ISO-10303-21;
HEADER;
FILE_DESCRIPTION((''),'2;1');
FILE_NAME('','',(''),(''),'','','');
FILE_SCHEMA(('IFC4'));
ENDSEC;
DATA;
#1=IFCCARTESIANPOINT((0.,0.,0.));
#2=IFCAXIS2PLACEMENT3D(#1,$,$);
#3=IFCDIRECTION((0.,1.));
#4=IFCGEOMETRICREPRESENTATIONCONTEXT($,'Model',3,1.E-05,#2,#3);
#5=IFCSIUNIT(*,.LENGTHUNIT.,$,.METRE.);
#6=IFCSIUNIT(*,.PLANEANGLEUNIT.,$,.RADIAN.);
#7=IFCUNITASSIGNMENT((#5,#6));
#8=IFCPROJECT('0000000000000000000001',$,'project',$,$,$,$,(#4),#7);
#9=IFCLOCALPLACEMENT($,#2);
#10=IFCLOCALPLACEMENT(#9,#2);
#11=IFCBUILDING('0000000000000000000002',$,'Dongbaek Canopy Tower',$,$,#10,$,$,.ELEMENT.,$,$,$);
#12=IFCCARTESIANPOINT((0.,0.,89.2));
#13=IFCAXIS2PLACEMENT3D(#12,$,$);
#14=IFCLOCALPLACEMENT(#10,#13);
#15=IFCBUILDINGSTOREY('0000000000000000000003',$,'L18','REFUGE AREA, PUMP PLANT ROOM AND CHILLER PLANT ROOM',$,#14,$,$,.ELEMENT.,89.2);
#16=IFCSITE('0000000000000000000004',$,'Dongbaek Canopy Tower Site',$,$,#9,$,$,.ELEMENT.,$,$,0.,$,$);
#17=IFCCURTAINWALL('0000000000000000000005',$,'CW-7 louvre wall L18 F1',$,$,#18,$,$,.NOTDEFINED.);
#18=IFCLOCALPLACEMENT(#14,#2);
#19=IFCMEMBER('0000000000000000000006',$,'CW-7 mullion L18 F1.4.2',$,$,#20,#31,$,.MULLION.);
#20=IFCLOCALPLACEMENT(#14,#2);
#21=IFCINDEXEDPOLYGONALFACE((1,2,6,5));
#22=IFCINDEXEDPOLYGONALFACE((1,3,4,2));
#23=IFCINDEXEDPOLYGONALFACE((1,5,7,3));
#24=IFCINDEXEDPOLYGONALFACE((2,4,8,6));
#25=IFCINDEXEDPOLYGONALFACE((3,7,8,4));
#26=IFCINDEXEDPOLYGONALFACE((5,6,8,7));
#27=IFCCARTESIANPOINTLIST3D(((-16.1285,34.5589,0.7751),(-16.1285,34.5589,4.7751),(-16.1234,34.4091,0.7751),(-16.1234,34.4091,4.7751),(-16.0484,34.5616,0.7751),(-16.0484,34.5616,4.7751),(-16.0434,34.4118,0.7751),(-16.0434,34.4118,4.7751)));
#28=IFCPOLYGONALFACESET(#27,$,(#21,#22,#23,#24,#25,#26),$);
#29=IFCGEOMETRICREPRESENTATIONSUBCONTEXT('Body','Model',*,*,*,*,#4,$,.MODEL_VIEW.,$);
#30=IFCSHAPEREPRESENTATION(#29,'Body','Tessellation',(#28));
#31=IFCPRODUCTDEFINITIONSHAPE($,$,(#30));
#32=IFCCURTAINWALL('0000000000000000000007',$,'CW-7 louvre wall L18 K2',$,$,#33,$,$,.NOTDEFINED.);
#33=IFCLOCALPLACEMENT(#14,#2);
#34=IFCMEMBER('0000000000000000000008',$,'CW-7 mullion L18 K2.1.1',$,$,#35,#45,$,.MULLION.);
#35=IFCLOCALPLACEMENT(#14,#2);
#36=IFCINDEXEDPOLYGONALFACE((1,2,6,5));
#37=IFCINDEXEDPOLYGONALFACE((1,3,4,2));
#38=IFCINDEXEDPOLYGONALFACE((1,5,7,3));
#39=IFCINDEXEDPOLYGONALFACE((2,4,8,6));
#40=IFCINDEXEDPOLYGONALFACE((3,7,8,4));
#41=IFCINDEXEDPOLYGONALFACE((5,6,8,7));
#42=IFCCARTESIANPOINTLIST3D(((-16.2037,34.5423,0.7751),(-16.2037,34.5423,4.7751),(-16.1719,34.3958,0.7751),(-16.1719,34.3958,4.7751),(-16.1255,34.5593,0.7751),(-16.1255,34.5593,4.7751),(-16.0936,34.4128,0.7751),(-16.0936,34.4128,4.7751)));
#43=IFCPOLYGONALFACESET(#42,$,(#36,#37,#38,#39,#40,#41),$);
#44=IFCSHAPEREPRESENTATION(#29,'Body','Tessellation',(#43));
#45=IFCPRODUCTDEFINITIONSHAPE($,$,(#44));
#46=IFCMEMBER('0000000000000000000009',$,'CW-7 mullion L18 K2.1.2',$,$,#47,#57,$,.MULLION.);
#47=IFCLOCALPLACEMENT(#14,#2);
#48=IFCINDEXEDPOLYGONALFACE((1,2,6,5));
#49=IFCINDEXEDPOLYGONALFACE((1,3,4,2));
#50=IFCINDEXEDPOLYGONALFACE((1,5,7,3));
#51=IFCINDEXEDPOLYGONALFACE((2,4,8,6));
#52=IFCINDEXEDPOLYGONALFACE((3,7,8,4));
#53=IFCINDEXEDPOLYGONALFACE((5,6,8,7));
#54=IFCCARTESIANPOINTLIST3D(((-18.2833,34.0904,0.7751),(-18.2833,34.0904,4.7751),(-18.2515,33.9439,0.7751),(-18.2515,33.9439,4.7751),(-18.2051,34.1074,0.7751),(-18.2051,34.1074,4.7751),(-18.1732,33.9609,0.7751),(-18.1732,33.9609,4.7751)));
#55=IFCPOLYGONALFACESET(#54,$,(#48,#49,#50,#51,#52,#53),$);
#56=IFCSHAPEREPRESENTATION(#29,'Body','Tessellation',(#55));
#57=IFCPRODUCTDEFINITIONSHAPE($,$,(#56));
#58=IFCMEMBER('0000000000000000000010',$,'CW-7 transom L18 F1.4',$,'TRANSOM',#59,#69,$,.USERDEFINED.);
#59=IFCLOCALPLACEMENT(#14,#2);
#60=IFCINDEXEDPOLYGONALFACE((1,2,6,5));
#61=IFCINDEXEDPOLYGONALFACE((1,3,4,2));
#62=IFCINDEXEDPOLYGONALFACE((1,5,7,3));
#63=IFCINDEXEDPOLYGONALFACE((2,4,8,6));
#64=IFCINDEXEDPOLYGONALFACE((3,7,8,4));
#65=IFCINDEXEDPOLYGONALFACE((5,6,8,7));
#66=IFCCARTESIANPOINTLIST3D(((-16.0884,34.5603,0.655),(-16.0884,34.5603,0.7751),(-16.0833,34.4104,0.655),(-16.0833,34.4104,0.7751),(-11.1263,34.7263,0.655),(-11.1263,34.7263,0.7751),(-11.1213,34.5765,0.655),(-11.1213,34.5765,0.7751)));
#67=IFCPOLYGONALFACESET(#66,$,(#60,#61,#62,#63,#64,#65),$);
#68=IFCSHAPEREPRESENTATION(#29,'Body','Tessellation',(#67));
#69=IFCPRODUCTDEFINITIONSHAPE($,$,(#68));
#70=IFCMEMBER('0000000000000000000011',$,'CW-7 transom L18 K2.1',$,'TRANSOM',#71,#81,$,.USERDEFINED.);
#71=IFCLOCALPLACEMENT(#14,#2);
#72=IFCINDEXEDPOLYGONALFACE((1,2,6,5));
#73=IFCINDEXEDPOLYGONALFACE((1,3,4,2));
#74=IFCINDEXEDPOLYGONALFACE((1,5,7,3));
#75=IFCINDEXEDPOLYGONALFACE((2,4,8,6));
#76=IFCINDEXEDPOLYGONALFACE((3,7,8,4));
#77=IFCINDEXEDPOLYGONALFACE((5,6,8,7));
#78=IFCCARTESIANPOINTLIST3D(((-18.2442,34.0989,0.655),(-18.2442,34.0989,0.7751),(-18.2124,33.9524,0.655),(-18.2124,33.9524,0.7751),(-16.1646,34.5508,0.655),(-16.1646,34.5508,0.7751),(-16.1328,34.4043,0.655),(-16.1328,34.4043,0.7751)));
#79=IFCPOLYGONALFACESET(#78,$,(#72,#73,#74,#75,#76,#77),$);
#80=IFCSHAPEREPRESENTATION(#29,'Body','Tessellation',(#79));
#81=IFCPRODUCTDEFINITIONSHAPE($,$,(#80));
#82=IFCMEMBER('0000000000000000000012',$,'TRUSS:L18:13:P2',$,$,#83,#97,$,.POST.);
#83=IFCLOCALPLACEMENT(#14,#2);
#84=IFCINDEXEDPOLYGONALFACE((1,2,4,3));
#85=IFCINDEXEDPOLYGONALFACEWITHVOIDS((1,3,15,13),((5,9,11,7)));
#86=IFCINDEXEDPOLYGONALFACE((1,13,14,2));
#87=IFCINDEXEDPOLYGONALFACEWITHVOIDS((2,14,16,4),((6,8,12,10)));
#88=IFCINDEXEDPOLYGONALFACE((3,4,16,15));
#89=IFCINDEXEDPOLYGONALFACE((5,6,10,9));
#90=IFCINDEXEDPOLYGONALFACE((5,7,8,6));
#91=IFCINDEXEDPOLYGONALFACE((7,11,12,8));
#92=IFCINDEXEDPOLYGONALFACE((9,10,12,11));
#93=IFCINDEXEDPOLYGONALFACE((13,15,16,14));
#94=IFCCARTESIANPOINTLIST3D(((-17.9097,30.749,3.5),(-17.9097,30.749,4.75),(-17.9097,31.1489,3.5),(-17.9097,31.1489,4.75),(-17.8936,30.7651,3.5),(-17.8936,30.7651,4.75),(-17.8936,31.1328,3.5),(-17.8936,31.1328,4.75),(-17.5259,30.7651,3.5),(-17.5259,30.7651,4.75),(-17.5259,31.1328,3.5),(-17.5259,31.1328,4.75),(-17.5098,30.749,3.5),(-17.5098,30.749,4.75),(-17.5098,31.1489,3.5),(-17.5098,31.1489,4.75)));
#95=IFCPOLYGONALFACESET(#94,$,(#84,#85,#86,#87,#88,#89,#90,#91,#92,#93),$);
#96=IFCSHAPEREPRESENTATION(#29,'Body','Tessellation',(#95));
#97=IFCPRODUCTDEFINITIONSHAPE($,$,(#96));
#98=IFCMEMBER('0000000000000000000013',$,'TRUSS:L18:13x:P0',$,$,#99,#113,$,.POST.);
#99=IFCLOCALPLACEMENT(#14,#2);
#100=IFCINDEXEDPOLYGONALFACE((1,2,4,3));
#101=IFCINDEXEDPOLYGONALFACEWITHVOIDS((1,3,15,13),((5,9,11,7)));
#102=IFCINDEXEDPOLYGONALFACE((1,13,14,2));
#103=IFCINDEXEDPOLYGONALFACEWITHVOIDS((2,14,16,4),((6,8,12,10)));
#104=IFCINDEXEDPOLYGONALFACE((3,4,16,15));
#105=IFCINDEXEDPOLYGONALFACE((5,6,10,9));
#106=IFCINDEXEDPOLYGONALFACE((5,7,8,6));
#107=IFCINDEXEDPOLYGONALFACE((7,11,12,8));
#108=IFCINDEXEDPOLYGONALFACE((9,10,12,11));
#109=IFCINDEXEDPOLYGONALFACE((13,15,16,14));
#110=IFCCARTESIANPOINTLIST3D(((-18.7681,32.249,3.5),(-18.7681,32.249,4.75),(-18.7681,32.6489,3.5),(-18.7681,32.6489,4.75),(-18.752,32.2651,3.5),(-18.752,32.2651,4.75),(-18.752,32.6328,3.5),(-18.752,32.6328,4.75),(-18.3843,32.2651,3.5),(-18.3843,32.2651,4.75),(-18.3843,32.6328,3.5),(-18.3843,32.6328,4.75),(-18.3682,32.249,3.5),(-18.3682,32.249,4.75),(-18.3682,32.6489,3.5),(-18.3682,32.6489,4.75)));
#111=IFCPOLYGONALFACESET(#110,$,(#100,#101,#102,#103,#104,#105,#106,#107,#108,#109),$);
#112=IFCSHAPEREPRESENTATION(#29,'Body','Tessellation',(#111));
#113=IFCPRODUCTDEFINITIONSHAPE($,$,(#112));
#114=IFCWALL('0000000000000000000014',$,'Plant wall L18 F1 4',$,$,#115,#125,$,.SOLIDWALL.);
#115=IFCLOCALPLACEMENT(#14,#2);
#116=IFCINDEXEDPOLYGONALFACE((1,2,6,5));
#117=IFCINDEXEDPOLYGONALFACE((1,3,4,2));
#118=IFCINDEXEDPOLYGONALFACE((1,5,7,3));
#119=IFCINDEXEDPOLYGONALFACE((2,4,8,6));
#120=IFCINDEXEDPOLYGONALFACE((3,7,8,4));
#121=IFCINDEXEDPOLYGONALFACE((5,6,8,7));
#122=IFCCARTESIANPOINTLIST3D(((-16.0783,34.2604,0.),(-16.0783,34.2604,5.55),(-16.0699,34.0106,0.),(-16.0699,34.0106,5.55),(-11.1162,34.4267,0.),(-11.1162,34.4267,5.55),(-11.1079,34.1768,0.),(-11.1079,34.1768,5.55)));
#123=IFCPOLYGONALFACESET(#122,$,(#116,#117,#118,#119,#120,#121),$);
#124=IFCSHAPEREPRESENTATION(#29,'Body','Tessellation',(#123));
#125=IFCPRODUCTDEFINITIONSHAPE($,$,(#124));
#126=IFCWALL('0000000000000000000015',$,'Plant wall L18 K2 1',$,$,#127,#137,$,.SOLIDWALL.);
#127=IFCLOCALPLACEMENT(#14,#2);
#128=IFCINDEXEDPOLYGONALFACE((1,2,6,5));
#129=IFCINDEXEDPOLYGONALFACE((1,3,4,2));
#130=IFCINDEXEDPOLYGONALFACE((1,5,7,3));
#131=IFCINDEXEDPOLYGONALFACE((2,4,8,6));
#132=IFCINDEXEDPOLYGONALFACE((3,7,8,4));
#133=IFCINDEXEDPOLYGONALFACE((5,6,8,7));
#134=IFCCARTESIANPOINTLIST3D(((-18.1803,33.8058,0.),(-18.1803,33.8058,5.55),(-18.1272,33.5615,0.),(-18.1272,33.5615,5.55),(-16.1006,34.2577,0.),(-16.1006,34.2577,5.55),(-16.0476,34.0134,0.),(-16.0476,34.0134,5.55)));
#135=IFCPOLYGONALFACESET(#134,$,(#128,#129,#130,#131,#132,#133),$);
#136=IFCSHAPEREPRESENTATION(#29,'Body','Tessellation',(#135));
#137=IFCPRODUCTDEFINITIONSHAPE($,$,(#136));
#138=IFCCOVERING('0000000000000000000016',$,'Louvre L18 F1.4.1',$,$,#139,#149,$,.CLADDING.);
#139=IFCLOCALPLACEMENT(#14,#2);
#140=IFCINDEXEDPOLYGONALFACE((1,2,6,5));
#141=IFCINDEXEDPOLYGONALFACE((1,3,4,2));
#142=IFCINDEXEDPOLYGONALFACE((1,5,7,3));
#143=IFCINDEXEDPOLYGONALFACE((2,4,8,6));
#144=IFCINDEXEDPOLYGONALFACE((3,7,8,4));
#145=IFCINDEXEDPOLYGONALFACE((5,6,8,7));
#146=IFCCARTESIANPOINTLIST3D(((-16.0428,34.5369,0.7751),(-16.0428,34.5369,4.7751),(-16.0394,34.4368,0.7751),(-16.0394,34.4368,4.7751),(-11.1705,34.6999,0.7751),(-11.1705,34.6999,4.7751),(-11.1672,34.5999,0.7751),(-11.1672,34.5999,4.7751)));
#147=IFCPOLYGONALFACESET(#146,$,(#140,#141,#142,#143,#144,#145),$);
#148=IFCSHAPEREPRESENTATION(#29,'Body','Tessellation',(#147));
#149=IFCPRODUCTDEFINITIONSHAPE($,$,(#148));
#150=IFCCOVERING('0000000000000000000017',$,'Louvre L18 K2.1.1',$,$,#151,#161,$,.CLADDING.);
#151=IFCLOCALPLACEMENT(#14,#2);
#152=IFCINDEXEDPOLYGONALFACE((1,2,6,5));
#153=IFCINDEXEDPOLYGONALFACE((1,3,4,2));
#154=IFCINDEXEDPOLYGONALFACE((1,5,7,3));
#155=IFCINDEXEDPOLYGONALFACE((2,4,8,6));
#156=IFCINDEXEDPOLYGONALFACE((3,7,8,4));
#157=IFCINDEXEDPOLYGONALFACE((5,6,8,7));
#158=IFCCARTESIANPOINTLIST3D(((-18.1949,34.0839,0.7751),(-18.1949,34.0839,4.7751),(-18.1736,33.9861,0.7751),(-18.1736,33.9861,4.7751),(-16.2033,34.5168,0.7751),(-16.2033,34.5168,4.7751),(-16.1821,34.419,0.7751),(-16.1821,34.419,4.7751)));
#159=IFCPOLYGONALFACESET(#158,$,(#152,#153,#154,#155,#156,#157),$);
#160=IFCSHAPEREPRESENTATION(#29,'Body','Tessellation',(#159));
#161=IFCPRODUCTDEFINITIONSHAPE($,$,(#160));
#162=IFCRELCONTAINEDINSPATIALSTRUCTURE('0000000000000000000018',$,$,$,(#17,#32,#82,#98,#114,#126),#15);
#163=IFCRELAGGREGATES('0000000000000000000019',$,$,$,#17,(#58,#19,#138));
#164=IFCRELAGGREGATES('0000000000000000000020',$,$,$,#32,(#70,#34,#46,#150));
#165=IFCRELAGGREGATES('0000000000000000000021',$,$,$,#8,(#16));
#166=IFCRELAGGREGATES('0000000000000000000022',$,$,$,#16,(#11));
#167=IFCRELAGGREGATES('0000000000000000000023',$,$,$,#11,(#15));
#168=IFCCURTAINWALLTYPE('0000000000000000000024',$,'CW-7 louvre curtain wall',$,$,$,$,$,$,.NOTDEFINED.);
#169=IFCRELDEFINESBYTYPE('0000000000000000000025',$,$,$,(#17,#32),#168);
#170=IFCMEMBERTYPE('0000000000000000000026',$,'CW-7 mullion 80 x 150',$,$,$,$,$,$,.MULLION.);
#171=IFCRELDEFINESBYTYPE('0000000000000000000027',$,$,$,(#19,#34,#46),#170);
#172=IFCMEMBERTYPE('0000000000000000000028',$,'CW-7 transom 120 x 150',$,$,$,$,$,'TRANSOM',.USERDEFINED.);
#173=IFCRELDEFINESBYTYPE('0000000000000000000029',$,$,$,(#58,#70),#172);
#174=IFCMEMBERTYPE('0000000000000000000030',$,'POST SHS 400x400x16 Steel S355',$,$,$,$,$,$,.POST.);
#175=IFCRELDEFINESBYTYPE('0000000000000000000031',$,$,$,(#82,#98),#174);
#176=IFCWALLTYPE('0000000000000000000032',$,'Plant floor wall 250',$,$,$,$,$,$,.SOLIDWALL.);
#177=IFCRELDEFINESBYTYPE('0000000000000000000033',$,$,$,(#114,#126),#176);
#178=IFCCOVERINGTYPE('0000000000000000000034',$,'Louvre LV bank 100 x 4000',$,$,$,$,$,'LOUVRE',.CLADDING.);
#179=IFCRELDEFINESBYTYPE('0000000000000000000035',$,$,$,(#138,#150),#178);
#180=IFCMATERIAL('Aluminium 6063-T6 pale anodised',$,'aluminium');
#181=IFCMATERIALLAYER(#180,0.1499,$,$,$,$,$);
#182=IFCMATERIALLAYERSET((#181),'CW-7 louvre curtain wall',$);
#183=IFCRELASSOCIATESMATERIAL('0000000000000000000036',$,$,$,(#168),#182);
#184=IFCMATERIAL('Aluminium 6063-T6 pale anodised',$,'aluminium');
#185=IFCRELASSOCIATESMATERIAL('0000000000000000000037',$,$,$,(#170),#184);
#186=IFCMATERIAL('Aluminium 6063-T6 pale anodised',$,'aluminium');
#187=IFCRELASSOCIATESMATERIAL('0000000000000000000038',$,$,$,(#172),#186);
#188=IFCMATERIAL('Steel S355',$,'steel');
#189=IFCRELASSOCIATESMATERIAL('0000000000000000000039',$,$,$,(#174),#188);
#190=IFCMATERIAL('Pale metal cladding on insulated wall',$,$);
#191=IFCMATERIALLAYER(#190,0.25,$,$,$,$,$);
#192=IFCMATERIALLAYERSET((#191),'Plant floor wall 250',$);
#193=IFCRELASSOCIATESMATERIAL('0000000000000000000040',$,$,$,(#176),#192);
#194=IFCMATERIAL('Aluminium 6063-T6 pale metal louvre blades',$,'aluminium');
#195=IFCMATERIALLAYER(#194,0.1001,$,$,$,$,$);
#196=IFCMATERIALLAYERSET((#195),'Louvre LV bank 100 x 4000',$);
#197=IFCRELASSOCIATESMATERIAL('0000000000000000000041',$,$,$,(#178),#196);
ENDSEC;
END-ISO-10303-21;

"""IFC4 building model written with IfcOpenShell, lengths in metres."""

from ifc_helpers import new_model, si_unit, direction, frame, frame_2d, origin, origin_2d, place, context, subcontext, project, spatial, rectangle, hollow_rectangle, extrude, material, layer, layer_set, material_profile, profile_set, type_object, element, aggregate, save


model = new_model("IFC4")

# Units and contexts
model_context = context("Model", 3, precision=1e-05, world=origin(), true_north=direction((0.0, 1.0)))
body_context = subcontext(model_context, "Body", "Model", "MODEL_VIEW")
ifc_project = project(units=[si_unit("LENGTHUNIT", "METRE"), si_unit("PLANEANGLEUNIT", "RADIAN")], contexts=[model_context])

# Site, building, storey
site_placement = place(None, origin())
site = spatial("IfcSite", under=ifc_project, at=site_placement, Name="Dongbaek Canopy Tower Site", CompositionType="ELEMENT", RefElevation=0.0)
building_placement = place(site_placement, origin())
building = spatial("IfcBuilding", under=site, at=building_placement, Name="Dongbaek Canopy Tower", CompositionType="ELEMENT")
storey_placement = place(building_placement, frame((0.0, 0.0, 89.2)))
storey = spatial("IfcBuildingStorey", under=building, at=storey_placement, Name="L18", Description="REFUGE AREA, PUMP PLANT ROOM AND CHILLER PLANT ROOM", CompositionType="ELEMENT", Elevation=89.2)

# Curtain walls, members
ifc_material_1 = material(Name="Aluminium 6063-T6 pale anodised", Category="aluminium")
ifc_layer_1 = layer(ifc_material_1, 0.1499)
ifc_layer_set_1 = layer_set([ifc_layer_1], Name="CW-7 louvre curtain wall")
curtain_wall_type = type_object("IfcCurtainWallType", Name="CW-7 louvre curtain wall", PredefinedType="NOTDEFINED", material=ifc_layer_set_1)
curtain_wall_1_placement = place(storey_placement, origin())
curtain_wall_1 = element("IfcCurtainWall", 1, at=curtain_wall_1_placement, inside=storey, type_object=curtain_wall_type, Name="CW-7 louvre wall L18 F1", PredefinedType="NOTDEFINED")
ifc_material_2 = material(Name="Aluminium 6063-T6 pale anodised", Category="aluminium")
ifc_material_profile_1 = material_profile(ifc_material_2, rectangle(XDim=0.1499, YDim=0.0801, at=origin_2d()), Name="CW-7 mullion 80 x 150")
ifc_profile_set_1 = profile_set([ifc_material_profile_1], Name="Aluminium 6063-T6 pale anodised")
member_type_1 = type_object("IfcMemberType", Name="CW-7 mullion 80 x 150", PredefinedType="MULLION", material=ifc_profile_set_1)
member_1_placement = place(storey_placement, frame((-16.0859, 34.4854, 0.7751), z_axis=(0.0, 0.0, 1.0), x_axis=(-0.033442, 0.999441, 0.0)))
member_1 = element("IfcMember", 2, at=member_1_placement, type_object=member_type_1, Name="CW-7 mullion L18 F1.4.2", PredefinedType="MULLION", context=body_context, shape_type="SweptSolid", body=[
    extrude(rectangle(XDim=0.1499, YDim=0.0801, at=origin_2d()), origin(), (0.0, 0.0, 1.0), 4.0),
])
curtain_wall_2_placement = place(storey_placement, origin())
curtain_wall_2 = element("IfcCurtainWall", 3, at=curtain_wall_2_placement, inside=storey, type_object=curtain_wall_type, Name="CW-7 louvre wall L18 K2", PredefinedType="NOTDEFINED")
member_2_placement = place(storey_placement, frame((-16.1487, 34.4775, 0.7751), z_axis=(0.0, 0.0, 1.0), x_axis=(-0.212419, 0.977179, 0.0)))
member_2 = element("IfcMember", 4, at=member_2_placement, type_object=member_type_1, Name="CW-7 mullion L18 K2.1.1", PredefinedType="MULLION", context=body_context, shape_type="SweptSolid", body=[
    extrude(rectangle(XDim=0.1499, YDim=0.0801, at=origin_2d()), origin(), (0.0, 0.0, 1.0), 4.0),
])
member_3_placement = place(storey_placement, frame((-18.2283, 34.0256, 0.7751), z_axis=(0.0, 0.0, 1.0), x_axis=(-0.212419, 0.977179, 0.0)))
member_3 = element("IfcMember", 5, at=member_3_placement, type_object=member_type_1, Name="CW-7 mullion L18 K2.1.2", PredefinedType="MULLION", context=body_context, shape_type="SweptSolid", body=[
    extrude(rectangle(XDim=0.1499, YDim=0.0801, at=origin_2d()), origin(), (0.0, 0.0, 1.0), 4.0),
])

# Members
ifc_material_3 = material(Name="Aluminium 6063-T6 pale anodised", Category="aluminium")
ifc_material_profile_2 = material_profile(ifc_material_3, rectangle(XDim=0.1499, YDim=0.1201, at=origin_2d()), Name="CW-7 transom 120 x 150")
ifc_profile_set_2 = profile_set([ifc_material_profile_2], Name="Aluminium 6063-T6 pale anodised")
member_type_2 = type_object("IfcMemberType", Name="CW-7 transom 120 x 150", ElementType="TRANSOM", PredefinedType="USERDEFINED", material=ifc_profile_set_2)
member_4_placement = place(storey_placement, frame((-11.1238, 34.6514, 0.7151), z_axis=(-0.999441, -0.033438, 0.0), x_axis=(0.033438, -0.999441, 0.0)))
member_4 = element("IfcMember", 6, at=member_4_placement, type_object=member_type_2, Name="CW-7 transom L18 F1.4", ObjectType="TRANSOM", PredefinedType="USERDEFINED", context=body_context, shape_type="SweptSolid", body=[
    extrude(rectangle(XDim=0.1499, YDim=0.1201, at=origin_2d()), origin(), (0.0, 0.0, 1.0), 4.9648),
])
member_5_placement = place(storey_placement, frame((-16.1487, 34.4775, 0.7151), z_axis=(-0.977194, -0.212349, 0.0), x_axis=(0.212349, -0.977194, 0.0)))
member_5 = element("IfcMember", 7, at=member_5_placement, type_object=member_type_2, Name="CW-7 transom L18 K2.1", ObjectType="TRANSOM", PredefinedType="USERDEFINED", context=body_context, shape_type="SweptSolid", body=[
    extrude(rectangle(XDim=0.1499, YDim=0.1201, at=origin_2d()), origin(), (0.0, 0.0, 1.0), 2.1282),
])

# Members
ifc_material_4 = material(Name="Steel S355", Category="steel")
ifc_material_profile_3 = material_profile(ifc_material_4, hollow_rectangle(XDim=0.3999, YDim=0.3999, WallThickness=0.0161, at=origin_2d()), Name="POST SHS 400x400x16 Steel S355")
ifc_profile_set_3 = profile_set([ifc_material_profile_3], Name="Steel S355")
member_type_3 = type_object("IfcMemberType", Name="POST SHS 400x400x16 Steel S355", PredefinedType="POST", material=ifc_profile_set_3)
for number, where, z_axis, x_axis, name in (
    (8, (-17.7097, 30.949, 3.5), (0.0, 0.0, 1.0), (1.0, 0.0, 0.0), "TRUSS:L18:13:P2"),
    (9, (-18.5681, 32.449, 3.5), (0.0, 0.0, 1.0), (1.0, 0.0, 0.0), "TRUSS:L18:13x:P0"),
):
    element("IfcMember", number, at=place(storey_placement, frame(where, z_axis=z_axis, x_axis=x_axis)), inside=storey, type_object=member_type_3, Name=name, PredefinedType="POST", context=body_context, shape_type="SweptSolid", body=[
        extrude(hollow_rectangle(XDim=0.3999, YDim=0.3999, WallThickness=0.0161, at=origin_2d()), origin(), (0.0, 0.0, 1.0), 1.25),
    ])

# Walls
ifc_material_5 = material(Name="Pale metal cladding on insulated wall")
ifc_layer_2 = layer(ifc_material_5, 0.25)
ifc_layer_set_2 = layer_set([ifc_layer_2], Name="Plant floor wall 250")
wall_type = type_object("IfcWallType", Name="Plant floor wall 250", PredefinedType="SOLIDWALL", material=ifc_layer_set_2)
wall_1_placement = place(storey_placement, frame((-11.1121, 34.3018, 0.0), z_axis=(0.0, 0.0, 1.0), x_axis=(-0.999439, -0.033487, 0.0)))
element("IfcWall", 10, at=wall_1_placement, inside=storey, type_object=wall_type, Name="Plant wall L18 F1 4", PredefinedType="SOLIDWALL", context=body_context, shape_type="SweptSolid", body=[
    extrude(rectangle(XDim=4.9648, YDim=0.25, at=frame_2d((2.4824, 0.0))), origin(), (0.0, 0.0, 1.0), 5.55),
])
wall_2_placement = place(storey_placement, frame((-16.0742, 34.1355, 0.0), z_axis=(0.0, 0.0, 1.0), x_axis=(-0.977194, -0.212349, 0.0)))
element("IfcWall", 11, at=wall_2_placement, inside=storey, type_object=wall_type, Name="Plant wall L18 K2 1", PredefinedType="SOLIDWALL", context=body_context, shape_type="SweptSolid", body=[
    extrude(rectangle(XDim=2.1282, YDim=0.25, at=frame_2d((1.064, 0.0))), origin(), (0.0, 0.0, 1.0), 5.55),
])

# Coverings
ifc_material_6 = material(Name="Aluminium 6063-T6 pale metal louvre blades", Category="aluminium")
ifc_layer_3 = layer(ifc_material_6, 0.1001)
ifc_layer_set_3 = layer_set([ifc_layer_3], Name="Louvre LV bank 100 x 4000")
covering_type = type_object("IfcCoveringType", Name="Louvre LV bank 100 x 4000", ElementType="LOUVRE", PredefinedType="CLADDING", material=ifc_layer_set_3)
covering_1_placement = place(storey_placement, frame((-13.605, 34.5684, 0.7751), z_axis=(0.0, 0.0, 1.0), x_axis=(-0.999441, -0.033442, 0.0)))
covering_1 = element("IfcCovering", 12, at=covering_1_placement, type_object=covering_type, Name="Louvre L18 F1.4.1", PredefinedType="CLADDING", context=body_context, shape_type="SweptSolid", body=[
    extrude(rectangle(XDim=4.875, YDim=0.1001, at=origin_2d()), origin(), (0.0, 0.0, 1.0), 4.0),
])
covering_2_placement = place(storey_placement, frame((-17.1885, 34.2515, 0.7751), z_axis=(0.0, 0.0, 1.0), x_axis=(-0.977179, -0.212419, 0.0)))
covering_2 = element("IfcCovering", 13, at=covering_2_placement, type_object=covering_type, Name="Louvre L18 K2.1.1", PredefinedType="CLADDING", context=body_context, shape_type="SweptSolid", body=[
    extrude(rectangle(XDim=2.0381, YDim=0.1001, at=origin_2d()), origin(), (0.0, 0.0, 1.0), 4.0),
])

aggregate(curtain_wall_1, [member_4, member_1, covering_1])
aggregate(curtain_wall_2, [member_5, member_2, member_3, covering_2])

save(model, "model.ifc")
